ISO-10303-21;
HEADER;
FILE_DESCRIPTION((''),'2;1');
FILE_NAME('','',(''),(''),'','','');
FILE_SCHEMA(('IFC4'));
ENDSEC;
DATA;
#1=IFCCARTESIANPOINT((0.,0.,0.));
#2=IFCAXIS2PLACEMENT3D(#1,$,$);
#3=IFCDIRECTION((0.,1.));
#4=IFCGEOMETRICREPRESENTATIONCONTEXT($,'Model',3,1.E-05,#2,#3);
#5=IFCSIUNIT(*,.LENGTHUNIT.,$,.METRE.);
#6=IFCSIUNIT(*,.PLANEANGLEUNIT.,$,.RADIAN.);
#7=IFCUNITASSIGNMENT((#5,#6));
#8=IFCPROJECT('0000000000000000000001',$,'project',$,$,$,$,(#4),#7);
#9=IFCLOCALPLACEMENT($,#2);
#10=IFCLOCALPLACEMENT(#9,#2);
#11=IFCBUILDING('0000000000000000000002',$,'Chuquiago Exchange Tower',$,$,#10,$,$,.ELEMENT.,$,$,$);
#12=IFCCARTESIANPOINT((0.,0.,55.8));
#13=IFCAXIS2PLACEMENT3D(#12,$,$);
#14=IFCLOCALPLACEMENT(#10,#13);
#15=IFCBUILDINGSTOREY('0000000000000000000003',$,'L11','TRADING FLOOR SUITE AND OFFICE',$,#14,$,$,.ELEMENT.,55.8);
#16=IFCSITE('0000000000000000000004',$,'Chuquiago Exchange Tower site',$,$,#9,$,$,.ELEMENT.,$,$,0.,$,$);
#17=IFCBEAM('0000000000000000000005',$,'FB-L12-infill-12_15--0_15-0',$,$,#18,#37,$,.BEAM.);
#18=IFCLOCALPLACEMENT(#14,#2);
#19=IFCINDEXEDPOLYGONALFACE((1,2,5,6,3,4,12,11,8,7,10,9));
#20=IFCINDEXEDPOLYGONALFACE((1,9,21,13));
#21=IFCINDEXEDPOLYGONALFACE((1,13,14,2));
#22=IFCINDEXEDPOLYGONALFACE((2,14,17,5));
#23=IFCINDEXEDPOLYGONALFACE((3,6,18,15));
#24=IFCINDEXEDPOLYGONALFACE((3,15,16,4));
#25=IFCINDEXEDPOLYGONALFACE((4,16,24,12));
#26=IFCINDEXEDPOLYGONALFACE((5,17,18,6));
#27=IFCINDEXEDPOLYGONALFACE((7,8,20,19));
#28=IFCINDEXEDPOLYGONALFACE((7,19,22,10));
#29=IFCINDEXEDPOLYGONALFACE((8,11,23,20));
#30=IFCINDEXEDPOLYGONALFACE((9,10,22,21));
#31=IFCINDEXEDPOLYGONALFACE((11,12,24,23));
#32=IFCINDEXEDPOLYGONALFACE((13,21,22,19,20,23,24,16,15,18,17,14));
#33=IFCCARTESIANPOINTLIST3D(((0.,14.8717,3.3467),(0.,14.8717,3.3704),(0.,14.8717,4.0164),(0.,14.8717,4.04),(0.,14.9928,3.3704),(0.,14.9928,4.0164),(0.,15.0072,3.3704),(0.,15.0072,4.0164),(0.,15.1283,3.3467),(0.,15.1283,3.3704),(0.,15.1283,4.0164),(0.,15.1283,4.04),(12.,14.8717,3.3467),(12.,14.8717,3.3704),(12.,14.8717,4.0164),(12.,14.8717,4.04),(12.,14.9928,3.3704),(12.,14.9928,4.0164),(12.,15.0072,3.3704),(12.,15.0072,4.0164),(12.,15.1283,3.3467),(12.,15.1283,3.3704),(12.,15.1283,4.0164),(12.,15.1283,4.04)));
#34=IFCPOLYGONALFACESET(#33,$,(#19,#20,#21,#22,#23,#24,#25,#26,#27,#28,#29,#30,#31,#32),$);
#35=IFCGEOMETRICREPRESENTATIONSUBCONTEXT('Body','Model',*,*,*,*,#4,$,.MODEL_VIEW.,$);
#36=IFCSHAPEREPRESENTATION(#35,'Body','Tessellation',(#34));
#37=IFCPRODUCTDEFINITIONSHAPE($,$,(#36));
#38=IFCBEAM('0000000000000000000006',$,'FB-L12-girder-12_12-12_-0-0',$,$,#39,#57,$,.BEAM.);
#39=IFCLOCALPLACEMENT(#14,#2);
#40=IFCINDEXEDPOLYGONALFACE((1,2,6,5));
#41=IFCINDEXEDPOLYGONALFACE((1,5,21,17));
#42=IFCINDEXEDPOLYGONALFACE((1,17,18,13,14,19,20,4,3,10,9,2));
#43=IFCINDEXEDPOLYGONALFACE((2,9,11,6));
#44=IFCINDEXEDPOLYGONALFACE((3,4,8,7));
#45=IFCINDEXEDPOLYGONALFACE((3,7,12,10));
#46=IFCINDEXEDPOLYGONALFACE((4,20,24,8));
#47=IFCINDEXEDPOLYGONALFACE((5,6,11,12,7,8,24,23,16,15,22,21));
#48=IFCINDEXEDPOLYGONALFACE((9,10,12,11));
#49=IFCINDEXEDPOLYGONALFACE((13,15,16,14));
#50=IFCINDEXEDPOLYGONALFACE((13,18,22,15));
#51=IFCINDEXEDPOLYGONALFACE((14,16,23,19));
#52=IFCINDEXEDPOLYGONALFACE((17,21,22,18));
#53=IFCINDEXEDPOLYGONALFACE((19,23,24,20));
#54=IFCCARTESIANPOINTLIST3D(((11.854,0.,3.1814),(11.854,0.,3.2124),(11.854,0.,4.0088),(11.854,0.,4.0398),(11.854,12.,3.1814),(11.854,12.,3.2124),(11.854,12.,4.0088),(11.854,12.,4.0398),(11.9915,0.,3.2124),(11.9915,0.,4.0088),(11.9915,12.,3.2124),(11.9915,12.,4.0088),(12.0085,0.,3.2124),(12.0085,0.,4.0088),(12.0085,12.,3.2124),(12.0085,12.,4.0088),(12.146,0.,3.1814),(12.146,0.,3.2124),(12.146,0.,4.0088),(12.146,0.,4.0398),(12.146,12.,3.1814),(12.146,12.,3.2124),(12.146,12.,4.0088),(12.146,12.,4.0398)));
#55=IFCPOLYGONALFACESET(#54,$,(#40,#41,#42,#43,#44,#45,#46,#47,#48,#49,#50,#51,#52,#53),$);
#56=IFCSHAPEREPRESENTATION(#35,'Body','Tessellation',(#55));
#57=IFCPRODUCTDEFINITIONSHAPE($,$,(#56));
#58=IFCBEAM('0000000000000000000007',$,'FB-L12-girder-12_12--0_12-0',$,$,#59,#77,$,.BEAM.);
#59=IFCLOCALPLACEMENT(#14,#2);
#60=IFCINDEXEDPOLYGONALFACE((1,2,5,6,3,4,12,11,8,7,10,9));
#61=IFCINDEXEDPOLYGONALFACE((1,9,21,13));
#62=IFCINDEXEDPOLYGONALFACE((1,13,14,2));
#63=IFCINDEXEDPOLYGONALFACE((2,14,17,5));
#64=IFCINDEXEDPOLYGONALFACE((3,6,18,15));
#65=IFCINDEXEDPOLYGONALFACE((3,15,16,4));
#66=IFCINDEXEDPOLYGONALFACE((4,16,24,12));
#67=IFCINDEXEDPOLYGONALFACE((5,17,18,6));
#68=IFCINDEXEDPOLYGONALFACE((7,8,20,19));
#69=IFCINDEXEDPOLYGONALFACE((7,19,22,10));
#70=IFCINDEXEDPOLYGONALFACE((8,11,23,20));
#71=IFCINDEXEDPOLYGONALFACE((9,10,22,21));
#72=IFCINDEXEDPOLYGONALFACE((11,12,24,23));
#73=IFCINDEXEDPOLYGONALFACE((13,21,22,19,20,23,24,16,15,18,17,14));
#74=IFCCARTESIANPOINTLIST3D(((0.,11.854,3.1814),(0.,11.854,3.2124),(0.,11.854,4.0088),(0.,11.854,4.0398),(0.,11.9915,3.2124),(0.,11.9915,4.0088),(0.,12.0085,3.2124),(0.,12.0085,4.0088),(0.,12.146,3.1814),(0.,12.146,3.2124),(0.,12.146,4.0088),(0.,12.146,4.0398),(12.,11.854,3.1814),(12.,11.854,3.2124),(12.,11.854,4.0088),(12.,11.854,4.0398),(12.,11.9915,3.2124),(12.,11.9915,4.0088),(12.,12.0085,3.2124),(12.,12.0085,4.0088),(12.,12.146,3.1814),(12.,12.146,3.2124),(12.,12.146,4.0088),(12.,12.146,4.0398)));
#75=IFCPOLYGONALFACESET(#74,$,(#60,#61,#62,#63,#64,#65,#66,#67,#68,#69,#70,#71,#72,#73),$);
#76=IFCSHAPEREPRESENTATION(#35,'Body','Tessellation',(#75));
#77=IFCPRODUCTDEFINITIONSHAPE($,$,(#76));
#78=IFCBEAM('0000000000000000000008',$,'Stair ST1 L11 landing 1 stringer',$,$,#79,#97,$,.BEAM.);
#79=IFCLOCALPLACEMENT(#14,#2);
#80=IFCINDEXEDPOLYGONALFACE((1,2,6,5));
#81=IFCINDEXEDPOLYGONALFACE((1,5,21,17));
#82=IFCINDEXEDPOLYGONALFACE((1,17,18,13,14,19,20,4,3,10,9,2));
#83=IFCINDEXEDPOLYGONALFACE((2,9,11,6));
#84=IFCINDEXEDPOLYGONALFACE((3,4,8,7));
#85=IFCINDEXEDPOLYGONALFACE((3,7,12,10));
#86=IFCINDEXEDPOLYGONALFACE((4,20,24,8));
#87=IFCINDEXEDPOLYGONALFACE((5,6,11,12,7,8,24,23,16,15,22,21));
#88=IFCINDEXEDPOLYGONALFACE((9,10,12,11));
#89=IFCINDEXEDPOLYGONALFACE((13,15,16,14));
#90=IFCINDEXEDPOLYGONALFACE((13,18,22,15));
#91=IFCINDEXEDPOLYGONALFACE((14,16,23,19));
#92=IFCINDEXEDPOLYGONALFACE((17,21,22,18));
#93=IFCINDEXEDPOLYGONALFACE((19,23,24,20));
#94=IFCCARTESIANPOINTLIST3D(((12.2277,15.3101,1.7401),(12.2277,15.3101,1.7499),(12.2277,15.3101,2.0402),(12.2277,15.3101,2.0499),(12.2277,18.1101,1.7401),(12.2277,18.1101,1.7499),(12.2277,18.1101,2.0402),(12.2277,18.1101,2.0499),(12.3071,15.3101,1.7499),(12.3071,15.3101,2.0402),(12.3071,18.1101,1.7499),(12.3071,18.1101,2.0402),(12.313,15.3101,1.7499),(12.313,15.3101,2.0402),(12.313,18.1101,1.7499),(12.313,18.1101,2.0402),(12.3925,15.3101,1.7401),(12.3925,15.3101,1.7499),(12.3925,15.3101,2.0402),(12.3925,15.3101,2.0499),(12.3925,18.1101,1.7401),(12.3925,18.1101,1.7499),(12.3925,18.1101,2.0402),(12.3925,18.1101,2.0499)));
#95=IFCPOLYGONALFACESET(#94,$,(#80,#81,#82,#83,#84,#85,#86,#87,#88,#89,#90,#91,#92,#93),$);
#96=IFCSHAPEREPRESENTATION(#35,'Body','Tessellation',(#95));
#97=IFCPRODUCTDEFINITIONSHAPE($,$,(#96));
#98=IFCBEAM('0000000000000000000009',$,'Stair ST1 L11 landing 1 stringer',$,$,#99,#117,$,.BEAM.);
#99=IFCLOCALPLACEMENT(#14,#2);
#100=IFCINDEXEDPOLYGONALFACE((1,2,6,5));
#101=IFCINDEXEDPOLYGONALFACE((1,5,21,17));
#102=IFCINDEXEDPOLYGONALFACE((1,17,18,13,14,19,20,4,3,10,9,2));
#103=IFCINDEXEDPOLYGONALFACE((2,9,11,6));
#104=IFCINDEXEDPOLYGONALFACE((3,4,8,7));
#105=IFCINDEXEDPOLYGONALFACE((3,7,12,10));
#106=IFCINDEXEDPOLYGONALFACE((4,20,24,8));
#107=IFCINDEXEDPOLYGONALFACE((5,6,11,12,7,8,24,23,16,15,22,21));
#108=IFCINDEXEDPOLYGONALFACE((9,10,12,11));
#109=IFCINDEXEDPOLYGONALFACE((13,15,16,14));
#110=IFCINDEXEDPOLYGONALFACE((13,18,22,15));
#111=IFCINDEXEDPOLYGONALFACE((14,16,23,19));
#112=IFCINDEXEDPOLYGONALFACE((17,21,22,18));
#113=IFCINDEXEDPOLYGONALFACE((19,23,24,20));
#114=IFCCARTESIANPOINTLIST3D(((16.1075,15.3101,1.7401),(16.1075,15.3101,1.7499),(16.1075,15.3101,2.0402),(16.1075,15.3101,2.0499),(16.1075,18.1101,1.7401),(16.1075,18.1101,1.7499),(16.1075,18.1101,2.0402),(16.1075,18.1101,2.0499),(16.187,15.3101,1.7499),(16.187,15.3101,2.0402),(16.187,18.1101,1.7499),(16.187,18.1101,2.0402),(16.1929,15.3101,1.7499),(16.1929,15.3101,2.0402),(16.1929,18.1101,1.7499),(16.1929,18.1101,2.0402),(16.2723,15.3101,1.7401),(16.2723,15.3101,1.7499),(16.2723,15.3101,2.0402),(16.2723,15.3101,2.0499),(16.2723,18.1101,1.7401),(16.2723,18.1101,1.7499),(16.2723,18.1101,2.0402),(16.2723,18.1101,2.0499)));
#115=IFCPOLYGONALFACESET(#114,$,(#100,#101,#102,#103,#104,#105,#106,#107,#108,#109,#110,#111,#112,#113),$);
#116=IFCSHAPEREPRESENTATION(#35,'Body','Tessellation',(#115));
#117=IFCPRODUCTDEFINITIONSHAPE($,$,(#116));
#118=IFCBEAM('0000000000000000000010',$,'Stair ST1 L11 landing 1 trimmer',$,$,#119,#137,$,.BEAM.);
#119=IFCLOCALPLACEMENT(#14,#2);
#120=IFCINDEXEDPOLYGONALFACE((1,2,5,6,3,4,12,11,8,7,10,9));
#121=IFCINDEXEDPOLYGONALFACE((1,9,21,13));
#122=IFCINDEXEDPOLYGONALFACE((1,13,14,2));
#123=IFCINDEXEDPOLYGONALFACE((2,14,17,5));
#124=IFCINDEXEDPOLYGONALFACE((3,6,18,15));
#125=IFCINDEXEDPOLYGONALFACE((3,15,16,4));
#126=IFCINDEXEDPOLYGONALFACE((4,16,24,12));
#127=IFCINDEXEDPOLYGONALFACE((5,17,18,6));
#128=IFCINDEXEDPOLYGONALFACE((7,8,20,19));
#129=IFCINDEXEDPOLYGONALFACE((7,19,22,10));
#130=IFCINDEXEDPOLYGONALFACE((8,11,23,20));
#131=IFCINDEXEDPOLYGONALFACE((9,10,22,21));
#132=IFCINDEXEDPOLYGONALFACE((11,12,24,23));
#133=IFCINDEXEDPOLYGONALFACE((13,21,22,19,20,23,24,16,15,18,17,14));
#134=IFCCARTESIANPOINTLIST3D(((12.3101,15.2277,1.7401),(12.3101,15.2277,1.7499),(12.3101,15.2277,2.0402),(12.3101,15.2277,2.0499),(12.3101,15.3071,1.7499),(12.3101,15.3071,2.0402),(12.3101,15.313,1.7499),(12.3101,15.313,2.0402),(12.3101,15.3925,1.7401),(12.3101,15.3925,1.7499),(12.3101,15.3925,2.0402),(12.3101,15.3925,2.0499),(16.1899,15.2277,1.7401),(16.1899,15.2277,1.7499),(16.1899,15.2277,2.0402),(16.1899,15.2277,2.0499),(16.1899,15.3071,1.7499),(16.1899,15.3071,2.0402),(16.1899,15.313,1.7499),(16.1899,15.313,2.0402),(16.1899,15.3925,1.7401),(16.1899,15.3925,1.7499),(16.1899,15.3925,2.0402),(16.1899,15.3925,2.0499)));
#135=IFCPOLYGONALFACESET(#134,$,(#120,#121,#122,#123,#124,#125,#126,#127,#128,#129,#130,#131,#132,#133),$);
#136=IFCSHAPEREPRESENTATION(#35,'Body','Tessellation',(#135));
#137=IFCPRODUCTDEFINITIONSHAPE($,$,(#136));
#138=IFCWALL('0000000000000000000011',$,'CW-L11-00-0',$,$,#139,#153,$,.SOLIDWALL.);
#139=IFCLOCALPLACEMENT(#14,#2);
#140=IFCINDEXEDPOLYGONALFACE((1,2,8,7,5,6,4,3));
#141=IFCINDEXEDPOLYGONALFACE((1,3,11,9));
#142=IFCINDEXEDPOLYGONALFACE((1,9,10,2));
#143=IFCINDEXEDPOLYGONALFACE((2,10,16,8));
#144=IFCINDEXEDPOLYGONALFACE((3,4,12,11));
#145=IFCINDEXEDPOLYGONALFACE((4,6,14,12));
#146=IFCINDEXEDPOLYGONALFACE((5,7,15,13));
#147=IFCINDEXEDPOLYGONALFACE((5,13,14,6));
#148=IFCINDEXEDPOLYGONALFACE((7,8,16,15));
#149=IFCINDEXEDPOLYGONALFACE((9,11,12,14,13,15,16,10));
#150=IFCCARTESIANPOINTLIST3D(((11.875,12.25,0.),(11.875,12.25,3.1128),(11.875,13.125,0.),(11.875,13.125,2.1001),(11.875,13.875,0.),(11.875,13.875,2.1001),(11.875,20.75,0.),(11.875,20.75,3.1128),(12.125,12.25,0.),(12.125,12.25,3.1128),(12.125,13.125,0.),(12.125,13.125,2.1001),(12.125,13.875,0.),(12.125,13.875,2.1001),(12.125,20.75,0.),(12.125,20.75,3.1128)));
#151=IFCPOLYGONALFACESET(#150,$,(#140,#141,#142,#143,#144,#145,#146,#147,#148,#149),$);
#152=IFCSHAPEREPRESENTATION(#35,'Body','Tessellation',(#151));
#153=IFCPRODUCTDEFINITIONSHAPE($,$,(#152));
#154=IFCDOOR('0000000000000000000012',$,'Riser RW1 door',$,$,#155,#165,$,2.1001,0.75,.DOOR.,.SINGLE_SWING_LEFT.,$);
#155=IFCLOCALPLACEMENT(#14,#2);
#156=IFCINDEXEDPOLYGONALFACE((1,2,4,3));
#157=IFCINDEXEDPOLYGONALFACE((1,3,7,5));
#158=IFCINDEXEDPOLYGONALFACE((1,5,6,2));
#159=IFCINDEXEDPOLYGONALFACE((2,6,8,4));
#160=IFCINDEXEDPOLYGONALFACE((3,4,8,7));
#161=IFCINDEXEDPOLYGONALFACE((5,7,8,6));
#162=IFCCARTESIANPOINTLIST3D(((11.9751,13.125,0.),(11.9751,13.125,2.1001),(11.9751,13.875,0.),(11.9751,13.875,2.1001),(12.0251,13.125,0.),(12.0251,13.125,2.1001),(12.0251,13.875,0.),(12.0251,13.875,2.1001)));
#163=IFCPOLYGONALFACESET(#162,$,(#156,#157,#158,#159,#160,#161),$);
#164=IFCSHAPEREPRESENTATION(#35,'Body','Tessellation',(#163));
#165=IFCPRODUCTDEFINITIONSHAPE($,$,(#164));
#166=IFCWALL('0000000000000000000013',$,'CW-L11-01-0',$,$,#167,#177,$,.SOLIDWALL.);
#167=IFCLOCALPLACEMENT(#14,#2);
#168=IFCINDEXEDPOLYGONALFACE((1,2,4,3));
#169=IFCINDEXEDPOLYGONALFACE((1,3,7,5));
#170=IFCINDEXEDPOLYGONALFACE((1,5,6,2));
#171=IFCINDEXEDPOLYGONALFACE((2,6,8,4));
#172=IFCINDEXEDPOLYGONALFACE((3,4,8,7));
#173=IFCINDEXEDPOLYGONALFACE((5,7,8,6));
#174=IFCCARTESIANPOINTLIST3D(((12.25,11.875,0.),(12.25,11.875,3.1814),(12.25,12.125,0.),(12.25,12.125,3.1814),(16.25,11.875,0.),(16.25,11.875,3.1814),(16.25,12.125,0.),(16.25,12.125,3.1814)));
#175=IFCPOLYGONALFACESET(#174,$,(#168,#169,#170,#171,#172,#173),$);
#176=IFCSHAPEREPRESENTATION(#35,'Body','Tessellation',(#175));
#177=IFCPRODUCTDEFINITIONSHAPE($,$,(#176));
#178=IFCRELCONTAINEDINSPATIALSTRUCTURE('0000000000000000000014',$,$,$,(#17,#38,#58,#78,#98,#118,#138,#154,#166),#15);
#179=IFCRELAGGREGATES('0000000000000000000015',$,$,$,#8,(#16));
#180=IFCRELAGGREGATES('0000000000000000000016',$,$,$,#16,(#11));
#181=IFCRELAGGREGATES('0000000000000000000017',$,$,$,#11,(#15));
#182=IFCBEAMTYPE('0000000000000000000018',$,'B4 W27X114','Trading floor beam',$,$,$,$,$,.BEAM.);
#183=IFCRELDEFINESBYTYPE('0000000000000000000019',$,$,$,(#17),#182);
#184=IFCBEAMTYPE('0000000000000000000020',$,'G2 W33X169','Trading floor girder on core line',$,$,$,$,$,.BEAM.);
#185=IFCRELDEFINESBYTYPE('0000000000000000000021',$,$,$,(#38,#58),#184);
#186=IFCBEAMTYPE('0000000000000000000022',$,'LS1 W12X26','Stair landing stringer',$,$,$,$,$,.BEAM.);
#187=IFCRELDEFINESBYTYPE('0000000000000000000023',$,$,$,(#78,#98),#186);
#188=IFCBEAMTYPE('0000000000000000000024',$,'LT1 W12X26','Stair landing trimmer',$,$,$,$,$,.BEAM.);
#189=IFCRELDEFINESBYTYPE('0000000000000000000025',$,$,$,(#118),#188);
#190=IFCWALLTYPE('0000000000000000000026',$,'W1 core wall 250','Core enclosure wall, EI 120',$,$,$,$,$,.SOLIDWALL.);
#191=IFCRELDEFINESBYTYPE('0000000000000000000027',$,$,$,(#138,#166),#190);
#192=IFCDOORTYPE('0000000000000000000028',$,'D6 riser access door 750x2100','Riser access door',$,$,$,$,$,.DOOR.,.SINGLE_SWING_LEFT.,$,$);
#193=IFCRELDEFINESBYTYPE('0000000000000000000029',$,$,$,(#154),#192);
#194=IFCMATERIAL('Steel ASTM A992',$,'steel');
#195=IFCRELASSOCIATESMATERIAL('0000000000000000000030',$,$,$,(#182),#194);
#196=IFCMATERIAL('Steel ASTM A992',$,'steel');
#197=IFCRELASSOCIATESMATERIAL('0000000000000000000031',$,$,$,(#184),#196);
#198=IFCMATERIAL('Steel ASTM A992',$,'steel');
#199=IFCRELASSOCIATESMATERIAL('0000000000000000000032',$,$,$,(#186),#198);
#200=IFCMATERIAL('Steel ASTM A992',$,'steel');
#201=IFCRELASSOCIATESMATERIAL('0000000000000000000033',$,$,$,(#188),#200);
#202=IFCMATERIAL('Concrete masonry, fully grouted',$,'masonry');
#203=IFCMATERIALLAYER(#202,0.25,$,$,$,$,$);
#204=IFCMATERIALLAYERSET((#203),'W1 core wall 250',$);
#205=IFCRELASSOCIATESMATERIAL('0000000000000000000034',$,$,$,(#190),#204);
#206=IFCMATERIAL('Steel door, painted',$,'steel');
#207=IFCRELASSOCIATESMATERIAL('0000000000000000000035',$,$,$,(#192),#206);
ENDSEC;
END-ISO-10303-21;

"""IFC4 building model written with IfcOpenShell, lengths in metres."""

from ifc_helpers import new_model, si_unit, direction, frame, frame_2d, origin, origin_2d, place, context, subcontext, project, spatial, rectangle, i_section, extrude, material, layer, layer_set, material_profile, profile_set, type_object, element, fill, save


model = new_model("IFC4")

# Units and contexts
model_context = context("Model", 3, precision=1e-05, world=origin(), true_north=direction((0.0, 1.0)))
body_context = subcontext(model_context, "Body", "Model", "MODEL_VIEW")
ifc_project = project(units=[si_unit("LENGTHUNIT", "METRE"), si_unit("PLANEANGLEUNIT", "RADIAN")], contexts=[model_context])

# Site, building, storey
site_placement = place(None, origin())
site = spatial("IfcSite", under=ifc_project, at=site_placement, Name="Chuquiago Exchange Tower site", CompositionType="ELEMENT", RefElevation=0.0)
building_placement = place(site_placement, origin())
building = spatial("IfcBuilding", under=site, at=building_placement, Name="Chuquiago Exchange Tower", CompositionType="ELEMENT")
storey_placement = place(building_placement, frame((0.0, 0.0, 55.8)))
storey = spatial("IfcBuildingStorey", under=building, at=storey_placement, Name="L11", Description="TRADING FLOOR SUITE AND OFFICE", CompositionType="ELEMENT", Elevation=55.8)

# Beams
ifc_material_1 = material(Name="Steel ASTM A992", Category="steel")
ifc_material_profile_1 = material_profile(ifc_material_1, i_section(OverallWidth=0.2566, OverallDepth=0.6934, WebThickness=0.0144, FlangeThickness=0.0237, at=origin_2d()), Name="W27X114")
ifc_profile_set_1 = profile_set([ifc_material_profile_1], Name="Steel ASTM A992")
beam_type_1 = type_object("IfcBeamType", Name="B4 W27X114", Description="Trading floor beam", PredefinedType="BEAM", material=ifc_profile_set_1)
for number, where, z_axis, x_axis, name in (
    (1, (12.0, 15.0, 3.6934), (-1.0, 0.0, 0.0), (0.0, -1.0, 0.0), "FB-L12-infill-12_15--0_15-0"),
):
    element("IfcBeam", number, at=place(storey_placement, frame(where, z_axis=z_axis, x_axis=x_axis)), inside=storey, type_object=beam_type_1, Name=name, PredefinedType="BEAM", context=body_context, shape_type="SweptSolid", body=[
        extrude(i_section(OverallWidth=0.2566, OverallDepth=0.6934, WebThickness=0.0144, FlangeThickness=0.0237, at=origin_2d()), origin(), (0.0, 0.0, 1.0), 12.0),
    ])
ifc_material_2 = material(Name="Steel ASTM A992", Category="steel")
ifc_material_profile_2 = material_profile(ifc_material_2, i_section(OverallWidth=0.292, OverallDepth=0.8584, WebThickness=0.0171, FlangeThickness=0.031, at=origin_2d()), Name="W33X169")
ifc_profile_set_2 = profile_set([ifc_material_profile_2], Name="Steel ASTM A992")
beam_type_2 = type_object("IfcBeamType", Name="G2 W33X169", Description="Trading floor girder on core line", PredefinedType="BEAM", material=ifc_profile_set_2)
for number, where, z_axis, x_axis, name in (
    (2, (12.0, 12.0, 3.6106), (0.0, -1.0, 0.0), (1.0, 0.0, 0.0), "FB-L12-girder-12_12-12_-0-0"),
    (3, (12.0, 12.0, 3.6106), (-1.0, 0.0, 0.0), (0.0, -1.0, 0.0), "FB-L12-girder-12_12--0_12-0"),
):
    element("IfcBeam", number, at=place(storey_placement, frame(where, z_axis=z_axis, x_axis=x_axis)), inside=storey, type_object=beam_type_2, Name=name, PredefinedType="BEAM", context=body_context, shape_type="SweptSolid", body=[
        extrude(i_section(OverallWidth=0.292, OverallDepth=0.8584, WebThickness=0.0171, FlangeThickness=0.031, at=origin_2d()), origin(), (0.0, 0.0, 1.0), 12.0),
    ])
ifc_material_3 = material(Name="Steel ASTM A992", Category="steel")
ifc_material_profile_3 = material_profile(ifc_material_3, i_section(OverallWidth=0.1648, OverallDepth=0.3098, WebThickness=0.0059, FlangeThickness=0.0098, at=origin_2d()), Name="W12X26")
ifc_profile_set_3 = profile_set([ifc_material_profile_3], Name="Steel ASTM A992")
beam_type_3 = type_object("IfcBeamType", Name="LS1 W12X26", Description="Stair landing stringer", PredefinedType="BEAM", material=ifc_profile_set_3)
for number, where, z_axis, x_axis, name in (
    (4, (12.3101, 15.3101, 1.895), (0.0, 1.0, 0.0), (-1.0, 0.0, 0.0), "Stair ST1 L11 landing 1 stringer"),
    (5, (16.1899, 15.3101, 1.895), (0.0, 1.0, 0.0), (-1.0, 0.0, 0.0), "Stair ST1 L11 landing 1 stringer"),
):
    element("IfcBeam", number, at=place(storey_placement, frame(where, z_axis=z_axis, x_axis=x_axis)), inside=storey, type_object=beam_type_3, Name=name, PredefinedType="BEAM", context=body_context, shape_type="SweptSolid", body=[
        extrude(i_section(OverallWidth=0.1648, OverallDepth=0.3098, WebThickness=0.0059, FlangeThickness=0.0098, at=origin_2d()), origin(), (0.0, 0.0, 1.0), 2.8),
    ])
ifc_material_4 = material(Name="Steel ASTM A992", Category="steel")
ifc_material_profile_4 = material_profile(ifc_material_4, i_section(OverallWidth=0.1648, OverallDepth=0.3098, WebThickness=0.0059, FlangeThickness=0.0098, at=origin_2d()), Name="W12X26")
ifc_profile_set_4 = profile_set([ifc_material_profile_4], Name="Steel ASTM A992")
beam_type_4 = type_object("IfcBeamType", Name="LT1 W12X26", Description="Stair landing trimmer", PredefinedType="BEAM", material=ifc_profile_set_4)
beam_1_placement = place(storey_placement, frame((12.3101, 15.3101, 1.895), z_axis=(1.0, 0.0, 0.0), x_axis=(0.0, 1.0, 0.0)))
element("IfcBeam", 6, at=beam_1_placement, inside=storey, type_object=beam_type_4, Name="Stair ST1 L11 landing 1 trimmer", PredefinedType="BEAM", context=body_context, shape_type="SweptSolid", body=[
    extrude(i_section(OverallWidth=0.1648, OverallDepth=0.3098, WebThickness=0.0059, FlangeThickness=0.0098, at=origin_2d()), origin(), (0.0, 0.0, 1.0), 3.8799),
])

# Wall, opening, door
ifc_material_5 = material(Name="Concrete masonry, fully grouted", Category="masonry")
ifc_layer_1 = layer(ifc_material_5, 0.25)
ifc_layer_set_1 = layer_set([ifc_layer_1], Name="W1 core wall 250")
wall_type_1 = type_object("IfcWallType", Name="W1 core wall 250", Description="Core enclosure wall, EI 120", PredefinedType="SOLIDWALL", material=ifc_layer_set_1)
wall_1_placement = place(storey_placement, frame((12.0, 12.25, 0.0), z_axis=(0.0, 0.0, 1.0), x_axis=(0.0, 1.0, 0.0)))
wall_1 = element("IfcWall", 7, at=wall_1_placement, inside=storey, type_object=wall_type_1, Name="CW-L11-00-0", PredefinedType="SOLIDWALL", context=body_context, shape_type="SweptSolid", body=[
    extrude(rectangle(XDim=8.5, YDim=0.25, at=frame_2d((4.25, 0.0))), origin(), (0.0, 0.0, 1.0), 3.1128),
])
opening_placement = place(wall_1_placement, frame((0.875, 0.0, 0.0)))
opening = element("IfcOpeningElement", 8, at=opening_placement, cuts=wall_1, PredefinedType="OPENING", context=body_context, shape_type="SweptSolid", body=[
    extrude(rectangle(XDim=0.75, YDim=2.1001, at=frame_2d((0.375, 1.05))), frame((0.0, 0.135, 0.0), z_axis=(0.0, -1.0, 0.0), x_axis=(1.0, 0.0, 0.0)), (0.0, 0.0, 1.0), 0.27),
])
ifc_material_6 = material(Name="Steel door, painted", Category="steel")
door_type = type_object("IfcDoorType", Name="D6 riser access door 750x2100", Description="Riser access door", OperationType="SINGLE_SWING_LEFT", PredefinedType="DOOR", material=ifc_material_6)
door_placement = place(opening_placement, origin())
door = element("IfcDoor", 9, at=door_placement, inside=storey, type_object=door_type, Name="Riser RW1 door", OperationType="SINGLE_SWING_LEFT", OverallHeight=2.1001, OverallWidth=0.75, PredefinedType="DOOR", context=body_context, shape_type="SweptSolid", body=[
    extrude(rectangle(XDim=0.75, YDim=2.1001, at=frame_2d((0.375, 1.05))), frame((0.0, 0.0249, 0.0), z_axis=(0.0, -1.0, 0.0), x_axis=(1.0, 0.0, 0.0)), (0.0, 0.0, 1.0), 0.05),
])
fill(opening, door)

# Wall
wall_2_placement = place(storey_placement, frame((12.25, 12.0, 0.0), z_axis=(0.0, 0.0, 1.0), x_axis=(1.0, 0.0, 0.0)))
element("IfcWall", 10, at=wall_2_placement, inside=storey, type_object=wall_type_1, Name="CW-L11-01-0", PredefinedType="SOLIDWALL", context=body_context, shape_type="SweptSolid", body=[
    extrude(rectangle(XDim=4.0, YDim=0.25, at=frame_2d((2.0, 0.0))), origin(), (0.0, 0.0, 1.0), 3.1814),
])

save(model, "model.ifc")
